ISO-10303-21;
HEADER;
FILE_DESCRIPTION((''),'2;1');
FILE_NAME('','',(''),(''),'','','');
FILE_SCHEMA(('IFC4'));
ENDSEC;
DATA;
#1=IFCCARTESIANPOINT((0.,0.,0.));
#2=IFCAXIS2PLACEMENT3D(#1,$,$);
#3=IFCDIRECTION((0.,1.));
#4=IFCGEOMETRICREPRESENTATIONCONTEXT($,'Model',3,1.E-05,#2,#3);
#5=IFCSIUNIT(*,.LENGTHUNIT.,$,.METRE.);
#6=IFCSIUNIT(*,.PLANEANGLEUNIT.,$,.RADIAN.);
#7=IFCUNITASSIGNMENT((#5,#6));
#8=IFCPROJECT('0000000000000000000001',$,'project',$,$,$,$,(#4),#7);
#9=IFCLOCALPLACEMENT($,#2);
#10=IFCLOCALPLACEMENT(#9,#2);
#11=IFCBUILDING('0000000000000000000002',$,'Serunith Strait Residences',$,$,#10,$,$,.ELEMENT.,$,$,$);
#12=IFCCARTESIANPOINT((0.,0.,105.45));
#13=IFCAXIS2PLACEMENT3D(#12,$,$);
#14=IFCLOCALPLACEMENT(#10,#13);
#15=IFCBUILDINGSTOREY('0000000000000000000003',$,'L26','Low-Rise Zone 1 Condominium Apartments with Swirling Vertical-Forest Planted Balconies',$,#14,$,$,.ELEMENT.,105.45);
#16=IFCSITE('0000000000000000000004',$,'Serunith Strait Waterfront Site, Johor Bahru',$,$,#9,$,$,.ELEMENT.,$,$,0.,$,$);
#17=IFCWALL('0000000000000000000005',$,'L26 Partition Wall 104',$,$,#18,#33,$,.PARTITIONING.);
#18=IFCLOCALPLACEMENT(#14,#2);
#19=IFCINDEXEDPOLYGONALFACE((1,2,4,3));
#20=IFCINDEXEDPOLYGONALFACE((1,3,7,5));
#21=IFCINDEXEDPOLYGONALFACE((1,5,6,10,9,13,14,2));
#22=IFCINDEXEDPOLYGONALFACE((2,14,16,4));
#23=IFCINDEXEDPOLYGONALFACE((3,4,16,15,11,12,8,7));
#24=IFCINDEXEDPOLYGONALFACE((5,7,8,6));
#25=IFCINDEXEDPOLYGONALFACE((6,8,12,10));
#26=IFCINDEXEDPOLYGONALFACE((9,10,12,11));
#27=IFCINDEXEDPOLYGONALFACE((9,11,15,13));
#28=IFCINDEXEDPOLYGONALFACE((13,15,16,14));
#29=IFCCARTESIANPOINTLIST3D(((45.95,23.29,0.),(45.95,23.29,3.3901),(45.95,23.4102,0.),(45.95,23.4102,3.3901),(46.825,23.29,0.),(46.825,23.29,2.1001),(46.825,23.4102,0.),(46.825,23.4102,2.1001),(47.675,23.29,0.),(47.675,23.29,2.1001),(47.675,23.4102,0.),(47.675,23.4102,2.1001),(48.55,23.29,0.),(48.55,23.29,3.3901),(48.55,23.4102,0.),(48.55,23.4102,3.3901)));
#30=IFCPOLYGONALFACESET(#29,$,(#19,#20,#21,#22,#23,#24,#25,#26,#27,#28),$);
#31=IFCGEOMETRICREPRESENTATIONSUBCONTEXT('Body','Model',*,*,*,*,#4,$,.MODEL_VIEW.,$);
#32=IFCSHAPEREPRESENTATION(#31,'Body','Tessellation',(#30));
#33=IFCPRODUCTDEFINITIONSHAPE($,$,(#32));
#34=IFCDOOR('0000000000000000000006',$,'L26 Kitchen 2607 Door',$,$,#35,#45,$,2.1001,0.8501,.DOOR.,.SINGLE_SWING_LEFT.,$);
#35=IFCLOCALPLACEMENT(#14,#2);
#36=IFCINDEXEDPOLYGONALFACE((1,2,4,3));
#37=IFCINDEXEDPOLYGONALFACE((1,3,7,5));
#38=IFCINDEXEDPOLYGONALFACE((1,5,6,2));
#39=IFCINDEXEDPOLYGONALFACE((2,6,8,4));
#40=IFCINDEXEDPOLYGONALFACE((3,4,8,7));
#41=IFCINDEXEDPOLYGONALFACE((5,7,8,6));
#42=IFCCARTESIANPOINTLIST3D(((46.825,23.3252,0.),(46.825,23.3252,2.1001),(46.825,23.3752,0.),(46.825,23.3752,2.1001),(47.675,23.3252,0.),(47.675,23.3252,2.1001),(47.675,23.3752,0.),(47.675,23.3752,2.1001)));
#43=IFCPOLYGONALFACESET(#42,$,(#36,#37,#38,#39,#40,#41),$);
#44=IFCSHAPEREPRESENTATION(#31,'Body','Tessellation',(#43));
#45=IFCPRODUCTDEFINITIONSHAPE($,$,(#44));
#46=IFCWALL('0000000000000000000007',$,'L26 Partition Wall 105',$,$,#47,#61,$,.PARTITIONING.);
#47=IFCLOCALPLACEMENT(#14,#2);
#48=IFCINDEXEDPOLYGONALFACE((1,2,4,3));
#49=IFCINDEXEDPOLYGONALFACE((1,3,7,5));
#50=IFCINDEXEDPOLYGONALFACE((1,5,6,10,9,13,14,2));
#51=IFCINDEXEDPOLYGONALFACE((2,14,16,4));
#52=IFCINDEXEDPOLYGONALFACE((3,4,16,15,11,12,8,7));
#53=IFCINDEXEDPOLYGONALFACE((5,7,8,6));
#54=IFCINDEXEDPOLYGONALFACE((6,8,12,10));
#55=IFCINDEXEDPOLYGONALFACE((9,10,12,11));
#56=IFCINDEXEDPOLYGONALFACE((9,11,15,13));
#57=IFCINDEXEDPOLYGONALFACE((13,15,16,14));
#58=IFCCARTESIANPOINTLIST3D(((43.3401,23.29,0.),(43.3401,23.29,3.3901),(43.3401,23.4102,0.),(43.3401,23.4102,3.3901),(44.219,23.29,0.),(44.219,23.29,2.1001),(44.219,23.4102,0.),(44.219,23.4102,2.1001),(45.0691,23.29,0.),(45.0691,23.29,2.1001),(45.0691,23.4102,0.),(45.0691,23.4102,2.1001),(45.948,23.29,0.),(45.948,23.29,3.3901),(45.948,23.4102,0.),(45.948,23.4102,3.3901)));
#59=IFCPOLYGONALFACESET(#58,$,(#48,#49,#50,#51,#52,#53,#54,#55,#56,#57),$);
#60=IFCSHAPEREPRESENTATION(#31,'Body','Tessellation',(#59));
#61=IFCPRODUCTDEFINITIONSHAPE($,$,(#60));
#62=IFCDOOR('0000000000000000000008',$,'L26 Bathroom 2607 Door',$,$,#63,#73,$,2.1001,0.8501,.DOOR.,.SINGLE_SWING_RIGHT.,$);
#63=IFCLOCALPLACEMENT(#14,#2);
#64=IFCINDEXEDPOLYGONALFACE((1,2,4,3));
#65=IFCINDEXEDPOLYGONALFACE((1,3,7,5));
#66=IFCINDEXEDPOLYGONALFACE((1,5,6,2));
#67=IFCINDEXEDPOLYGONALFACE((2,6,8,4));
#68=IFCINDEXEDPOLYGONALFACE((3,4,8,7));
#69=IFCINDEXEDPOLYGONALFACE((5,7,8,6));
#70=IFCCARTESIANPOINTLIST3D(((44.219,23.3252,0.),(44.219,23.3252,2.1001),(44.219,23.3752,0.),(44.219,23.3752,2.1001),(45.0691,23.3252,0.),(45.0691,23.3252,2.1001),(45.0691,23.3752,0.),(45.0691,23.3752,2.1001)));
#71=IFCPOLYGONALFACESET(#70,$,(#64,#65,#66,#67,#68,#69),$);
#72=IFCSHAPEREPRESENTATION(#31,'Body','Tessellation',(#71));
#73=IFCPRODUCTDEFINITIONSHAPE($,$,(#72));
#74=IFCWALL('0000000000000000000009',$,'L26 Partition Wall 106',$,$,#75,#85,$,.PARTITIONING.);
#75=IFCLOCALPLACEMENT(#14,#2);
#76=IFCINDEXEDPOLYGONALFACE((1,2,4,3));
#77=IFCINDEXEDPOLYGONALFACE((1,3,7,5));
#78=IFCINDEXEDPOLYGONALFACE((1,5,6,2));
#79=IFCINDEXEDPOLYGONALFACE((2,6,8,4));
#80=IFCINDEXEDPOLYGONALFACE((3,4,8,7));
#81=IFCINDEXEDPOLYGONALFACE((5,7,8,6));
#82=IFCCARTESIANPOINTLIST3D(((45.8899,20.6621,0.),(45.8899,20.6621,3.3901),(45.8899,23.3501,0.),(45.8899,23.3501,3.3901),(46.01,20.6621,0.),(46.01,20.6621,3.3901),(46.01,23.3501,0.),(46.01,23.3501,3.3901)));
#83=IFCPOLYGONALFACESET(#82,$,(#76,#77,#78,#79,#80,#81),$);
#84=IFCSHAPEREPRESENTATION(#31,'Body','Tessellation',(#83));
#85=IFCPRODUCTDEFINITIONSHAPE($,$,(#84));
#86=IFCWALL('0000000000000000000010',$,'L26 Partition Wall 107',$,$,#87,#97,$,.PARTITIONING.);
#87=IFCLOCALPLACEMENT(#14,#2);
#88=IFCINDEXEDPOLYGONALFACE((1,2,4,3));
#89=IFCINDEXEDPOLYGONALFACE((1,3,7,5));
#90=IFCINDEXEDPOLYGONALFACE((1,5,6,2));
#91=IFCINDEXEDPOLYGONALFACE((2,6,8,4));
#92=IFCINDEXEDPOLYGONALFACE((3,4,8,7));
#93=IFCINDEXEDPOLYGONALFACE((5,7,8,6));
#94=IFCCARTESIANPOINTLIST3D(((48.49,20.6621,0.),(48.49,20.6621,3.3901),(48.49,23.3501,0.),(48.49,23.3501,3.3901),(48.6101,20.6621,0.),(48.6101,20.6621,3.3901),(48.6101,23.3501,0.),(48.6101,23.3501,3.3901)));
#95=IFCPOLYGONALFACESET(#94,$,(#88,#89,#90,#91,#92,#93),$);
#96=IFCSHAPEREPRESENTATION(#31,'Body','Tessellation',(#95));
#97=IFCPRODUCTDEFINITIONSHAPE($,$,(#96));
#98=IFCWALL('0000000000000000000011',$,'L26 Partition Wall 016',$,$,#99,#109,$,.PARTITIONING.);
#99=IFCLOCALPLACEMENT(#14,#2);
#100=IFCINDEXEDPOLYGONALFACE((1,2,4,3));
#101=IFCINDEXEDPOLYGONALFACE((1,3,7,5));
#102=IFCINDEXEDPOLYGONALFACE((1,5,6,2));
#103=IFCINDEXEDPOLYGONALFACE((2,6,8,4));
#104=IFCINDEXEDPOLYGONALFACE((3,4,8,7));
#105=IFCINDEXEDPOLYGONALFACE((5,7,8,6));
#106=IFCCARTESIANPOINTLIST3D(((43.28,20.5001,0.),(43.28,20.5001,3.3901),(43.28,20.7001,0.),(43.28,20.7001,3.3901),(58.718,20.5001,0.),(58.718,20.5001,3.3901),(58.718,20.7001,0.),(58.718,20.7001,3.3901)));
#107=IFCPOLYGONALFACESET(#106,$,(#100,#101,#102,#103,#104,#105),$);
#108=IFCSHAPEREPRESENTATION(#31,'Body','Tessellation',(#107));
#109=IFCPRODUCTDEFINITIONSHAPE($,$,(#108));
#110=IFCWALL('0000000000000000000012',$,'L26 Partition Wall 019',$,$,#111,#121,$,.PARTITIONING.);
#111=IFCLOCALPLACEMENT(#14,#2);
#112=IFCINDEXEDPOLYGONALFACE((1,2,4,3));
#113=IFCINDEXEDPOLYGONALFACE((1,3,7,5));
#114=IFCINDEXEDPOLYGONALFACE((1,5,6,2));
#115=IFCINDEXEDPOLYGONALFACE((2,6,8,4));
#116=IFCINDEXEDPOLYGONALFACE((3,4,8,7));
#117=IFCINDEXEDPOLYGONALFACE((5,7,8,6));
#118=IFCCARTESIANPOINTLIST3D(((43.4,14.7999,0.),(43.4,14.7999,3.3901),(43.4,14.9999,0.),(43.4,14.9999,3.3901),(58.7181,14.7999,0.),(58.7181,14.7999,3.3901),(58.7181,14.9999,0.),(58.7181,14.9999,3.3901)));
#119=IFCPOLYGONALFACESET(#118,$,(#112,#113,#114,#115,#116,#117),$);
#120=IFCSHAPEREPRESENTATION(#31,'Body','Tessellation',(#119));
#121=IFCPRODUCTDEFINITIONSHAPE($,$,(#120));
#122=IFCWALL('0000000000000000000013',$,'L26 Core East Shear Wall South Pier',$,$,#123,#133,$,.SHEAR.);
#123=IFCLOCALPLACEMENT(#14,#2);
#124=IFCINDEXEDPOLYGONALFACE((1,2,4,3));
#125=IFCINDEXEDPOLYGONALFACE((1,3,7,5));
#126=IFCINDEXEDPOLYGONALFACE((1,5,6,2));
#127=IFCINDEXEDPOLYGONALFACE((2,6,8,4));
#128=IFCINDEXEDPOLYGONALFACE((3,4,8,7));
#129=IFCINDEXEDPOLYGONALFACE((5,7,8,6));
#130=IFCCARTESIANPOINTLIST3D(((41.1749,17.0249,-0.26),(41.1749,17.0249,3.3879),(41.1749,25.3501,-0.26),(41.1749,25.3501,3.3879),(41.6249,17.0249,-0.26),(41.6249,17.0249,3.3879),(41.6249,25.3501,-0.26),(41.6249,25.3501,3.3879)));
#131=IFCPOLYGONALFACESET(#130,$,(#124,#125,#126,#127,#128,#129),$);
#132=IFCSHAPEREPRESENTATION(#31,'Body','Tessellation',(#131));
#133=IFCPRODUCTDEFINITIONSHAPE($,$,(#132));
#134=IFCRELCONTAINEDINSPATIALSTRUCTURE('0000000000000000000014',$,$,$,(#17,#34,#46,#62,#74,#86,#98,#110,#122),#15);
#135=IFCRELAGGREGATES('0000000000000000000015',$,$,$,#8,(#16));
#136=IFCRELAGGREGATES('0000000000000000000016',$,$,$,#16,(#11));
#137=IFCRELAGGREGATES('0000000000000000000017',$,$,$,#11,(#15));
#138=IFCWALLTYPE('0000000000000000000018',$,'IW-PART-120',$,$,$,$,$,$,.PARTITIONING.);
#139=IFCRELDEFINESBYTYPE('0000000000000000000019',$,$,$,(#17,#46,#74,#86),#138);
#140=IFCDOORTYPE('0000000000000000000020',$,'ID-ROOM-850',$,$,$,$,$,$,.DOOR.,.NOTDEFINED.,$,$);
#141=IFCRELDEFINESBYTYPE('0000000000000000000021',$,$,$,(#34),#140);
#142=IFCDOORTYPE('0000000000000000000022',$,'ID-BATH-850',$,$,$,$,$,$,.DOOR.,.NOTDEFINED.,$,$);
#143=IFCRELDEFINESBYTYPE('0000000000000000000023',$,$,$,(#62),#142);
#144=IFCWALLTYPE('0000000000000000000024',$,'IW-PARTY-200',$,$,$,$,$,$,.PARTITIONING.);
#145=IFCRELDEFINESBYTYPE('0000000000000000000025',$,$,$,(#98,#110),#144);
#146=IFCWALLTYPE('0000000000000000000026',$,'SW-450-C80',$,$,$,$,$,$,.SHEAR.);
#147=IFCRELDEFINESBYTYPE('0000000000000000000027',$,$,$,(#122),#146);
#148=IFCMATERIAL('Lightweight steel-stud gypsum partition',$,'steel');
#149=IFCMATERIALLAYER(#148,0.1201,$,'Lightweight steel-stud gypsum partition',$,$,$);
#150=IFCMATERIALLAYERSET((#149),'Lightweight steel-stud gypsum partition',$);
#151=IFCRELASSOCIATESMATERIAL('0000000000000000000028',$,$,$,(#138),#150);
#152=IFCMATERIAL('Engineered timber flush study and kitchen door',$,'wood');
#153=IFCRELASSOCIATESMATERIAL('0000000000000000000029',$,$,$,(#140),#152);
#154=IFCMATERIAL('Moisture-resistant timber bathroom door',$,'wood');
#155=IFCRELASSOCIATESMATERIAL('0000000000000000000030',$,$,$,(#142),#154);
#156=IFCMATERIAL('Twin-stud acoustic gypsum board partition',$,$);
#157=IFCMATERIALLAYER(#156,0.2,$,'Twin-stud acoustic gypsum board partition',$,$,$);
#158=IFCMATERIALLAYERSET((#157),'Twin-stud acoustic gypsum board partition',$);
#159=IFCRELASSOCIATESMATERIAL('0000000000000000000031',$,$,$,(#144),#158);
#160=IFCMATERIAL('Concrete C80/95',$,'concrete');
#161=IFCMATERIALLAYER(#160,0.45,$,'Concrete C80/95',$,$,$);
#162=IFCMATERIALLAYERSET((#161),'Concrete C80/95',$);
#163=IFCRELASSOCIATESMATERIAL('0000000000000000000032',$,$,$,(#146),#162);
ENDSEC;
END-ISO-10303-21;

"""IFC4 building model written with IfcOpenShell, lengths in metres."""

from ifc_helpers import new_model, si_unit, direction, frame, frame_2d, origin, place, context, subcontext, project, spatial, rectangle, extrude, source, transform, mapped, material, layer, layer_set, type_object, element, fill, save


model = new_model("IFC4")

# Units and contexts
model_context = context("Model", 3, precision=1e-05, world=origin(), true_north=direction((0.0, 1.0)))
body_context = subcontext(model_context, "Body", "Model", "MODEL_VIEW")
ifc_project = project(units=[si_unit("LENGTHUNIT", "METRE"), si_unit("PLANEANGLEUNIT", "RADIAN")], contexts=[model_context])

# Site, building, storey
site_placement = place(None, origin())
site = spatial("IfcSite", under=ifc_project, at=site_placement, Name="Serunith Strait Waterfront Site, Johor Bahru", CompositionType="ELEMENT", RefElevation=0.0)
building_placement = place(site_placement, origin())
building = spatial("IfcBuilding", under=site, at=building_placement, Name="Serunith Strait Residences", CompositionType="ELEMENT")
storey_placement = place(building_placement, frame((0.0, 0.0, 105.45)))
storey = spatial("IfcBuildingStorey", under=building, at=storey_placement, Name="L26", Description="Low-Rise Zone 1 Condominium Apartments with Swirling Vertical-Forest Planted Balconies", CompositionType="ELEMENT", Elevation=105.45)

# Shared definitions
ifc_material_1 = material(Name="Lightweight steel-stud gypsum partition", Category="steel")
ifc_layer_1 = layer(ifc_material_1, 0.1201, Name="Lightweight steel-stud gypsum partition")
ifc_layer_set_1 = layer_set([ifc_layer_1], Name="Lightweight steel-stud gypsum partition")
wall_type_1 = type_object("IfcWallType", Name="IW-PART-120", PredefinedType="PARTITIONING", material=ifc_layer_set_1)
ifc_material_2 = material(Name="Engineered timber flush study and kitchen door", Category="wood")
door_type_1 = type_object("IfcDoorType", Name="ID-ROOM-850", OperationType="NOTDEFINED", PredefinedType="DOOR", material=ifc_material_2)
shared_shape_1 = source(origin(), body_context, "Body", "SweptSolid", [
    extrude(rectangle(XDim=0.8501, YDim=2.1001, at=frame_2d((0.425, 1.05))), frame((0.0, 0.0249, 0.0), z_axis=(0.0, -1.0, 0.0), x_axis=(1.0, 0.0, 0.0)), (0.0, 0.0, 1.0), 0.05),
])
ifc_material_3 = material(Name="Moisture-resistant timber bathroom door", Category="wood")
door_type_2 = type_object("IfcDoorType", Name="ID-BATH-850", OperationType="NOTDEFINED", PredefinedType="DOOR", material=ifc_material_3)

# Walls, openings, doors
wall_1_placement = place(storey_placement, frame((48.55, 23.3501, 0.0), z_axis=(0.0, 0.0, 1.0), x_axis=(-1.0, 0.0, 0.0)))
wall_1 = element("IfcWall", 1, at=wall_1_placement, inside=storey, type_object=wall_type_1, Name="L26 Partition Wall 104", PredefinedType="PARTITIONING", context=body_context, shape_type="SweptSolid", body=[
    extrude(rectangle(XDim=2.6001, YDim=0.1201, at=frame_2d((1.3, 0.0))), origin(), (0.0, 0.0, 1.0), 3.3901),
])
opening_1_placement = place(wall_1_placement, frame((0.875, 0.0, 0.0)))
opening_1 = element("IfcOpeningElement", 2, at=opening_1_placement, cuts=wall_1, PredefinedType="OPENING", context=body_context, shape_type="SweptSolid", body=[
    extrude(rectangle(XDim=0.8501, YDim=2.1001, at=frame_2d((0.425, 1.05))), frame((0.0, 0.0701, 0.0), z_axis=(0.0, -1.0, 0.0), x_axis=(1.0, 0.0, 0.0)), (0.0, 0.0, 1.0), 0.1401),
])
door_1_placement = place(opening_1_placement, origin())
door_1 = element("IfcDoor", 3, at=door_1_placement, inside=storey, type_object=door_type_1, Name="L26 Kitchen 2607 Door", OperationType="SINGLE_SWING_LEFT", OverallHeight=2.1001, OverallWidth=0.8501, PredefinedType="DOOR", context=body_context, shape_type="MappedRepresentation", body=[
    mapped(shared_shape_1, transform((0.0, 0.0, 0.0), scale=1.0)),
])
fill(opening_1, door_1)
wall_2_placement = place(storey_placement, frame((45.948, 23.3501, 0.0), z_axis=(0.0, 0.0, 1.0), x_axis=(-1.0, 0.0, 0.0)))
wall_2 = element("IfcWall", 4, at=wall_2_placement, inside=storey, type_object=wall_type_1, Name="L26 Partition Wall 105", PredefinedType="PARTITIONING", context=body_context, shape_type="SweptSolid", body=[
    extrude(rectangle(XDim=2.6079, YDim=0.1201, at=frame_2d((1.304, 0.0))), origin(), (0.0, 0.0, 1.0), 3.3901),
])
opening_2_placement = place(wall_2_placement, frame((0.8789, 0.0, 0.0)))
opening_2 = element("IfcOpeningElement", 5, at=opening_2_placement, cuts=wall_2, PredefinedType="OPENING", context=body_context, shape_type="SweptSolid", body=[
    extrude(rectangle(XDim=0.8501, YDim=2.1001, at=frame_2d((0.425, 1.05))), frame((0.0, 0.0701, 0.0), z_axis=(0.0, -1.0, 0.0), x_axis=(1.0, 0.0, 0.0)), (0.0, 0.0, 1.0), 0.1401),
])
door_2_placement = place(opening_2_placement, origin())
door_2 = element("IfcDoor", 6, at=door_2_placement, inside=storey, type_object=door_type_2, Name="L26 Bathroom 2607 Door", OperationType="SINGLE_SWING_RIGHT", OverallHeight=2.1001, OverallWidth=0.8501, PredefinedType="DOOR", context=body_context, shape_type="MappedRepresentation", body=[
    mapped(shared_shape_1, transform((0.0, 0.0, 0.0), scale=1.0)),
])
fill(opening_2, door_2)

# Walls
for number, where, z_axis, x_axis, name in (
    (7, (45.95, 20.6621, 0.0), (0.0, 0.0, 1.0), (0.0, 1.0, 0.0), "L26 Partition Wall 106"),
    (8, (48.55, 20.6621, 0.0), (0.0, 0.0, 1.0), (0.0, 1.0, 0.0), "L26 Partition Wall 107"),
):
    element("IfcWall", number, at=place(storey_placement, frame(where, z_axis=z_axis, x_axis=x_axis)), inside=storey, type_object=wall_type_1, Name=name, PredefinedType="PARTITIONING", context=body_context, shape_type="SweptSolid", body=[
        extrude(rectangle(XDim=2.688, YDim=0.1201, at=frame_2d((1.344, 0.0))), origin(), (0.0, 0.0, 1.0), 3.3901),
    ])
ifc_material_4 = material(Name="Twin-stud acoustic gypsum board partition")
ifc_layer_2 = layer(ifc_material_4, 0.2, Name="Twin-stud acoustic gypsum board partition")
ifc_layer_set_2 = layer_set([ifc_layer_2], Name="Twin-stud acoustic gypsum board partition")
wall_type_2 = type_object("IfcWallType", Name="IW-PARTY-200", PredefinedType="PARTITIONING", material=ifc_layer_set_2)
wall_3_placement = place(storey_placement, frame((43.28, 20.6001, 0.0), z_axis=(0.0, 0.0, 1.0), x_axis=(1.0, 0.0, 0.0)))
element("IfcWall", 9, at=wall_3_placement, inside=storey, type_object=wall_type_2, Name="L26 Partition Wall 016", PredefinedType="PARTITIONING", context=body_context, shape_type="SweptSolid", body=[
    extrude(rectangle(XDim=15.438, YDim=0.2, at=frame_2d((7.719, 0.0))), origin(), (0.0, 0.0, 1.0), 3.3901),
])
wall_4_placement = place(storey_placement, frame((43.3999, 14.8999, 0.0), z_axis=(0.0, 0.0, 1.0), x_axis=(1.0, 0.0, 0.0)))
element("IfcWall", 10, at=wall_4_placement, inside=storey, type_object=wall_type_2, Name="L26 Partition Wall 019", PredefinedType="PARTITIONING", context=body_context, shape_type="SweptSolid", body=[
    extrude(rectangle(XDim=15.3181, YDim=0.2, at=frame_2d((7.6592, 0.0))), origin(), (0.0, 0.0, 1.0), 3.3901),
])
ifc_material_5 = material(Name="Concrete C80/95", Category="concrete")
ifc_layer_3 = layer(ifc_material_5, 0.45, Name="Concrete C80/95")
ifc_layer_set_3 = layer_set([ifc_layer_3], Name="Concrete C80/95")
wall_type_3 = type_object("IfcWallType", Name="SW-450-C80", PredefinedType="SHEAR", material=ifc_layer_set_3)
wall_5_placement = place(storey_placement, frame((41.3999, 17.0249, -0.26), z_axis=(0.0, 0.0, 1.0), x_axis=(0.0, 1.0, 0.0)))
element("IfcWall", 11, at=wall_5_placement, inside=storey, type_object=wall_type_3, Name="L26 Core East Shear Wall South Pier", PredefinedType="SHEAR", context=body_context, shape_type="SweptSolid", body=[
    extrude(rectangle(XDim=8.3252, YDim=0.45, at=frame_2d((4.1626, 0.0))), origin(), (0.0, 0.0, 1.0), 3.6479),
])

save(model, "model.ifc")
